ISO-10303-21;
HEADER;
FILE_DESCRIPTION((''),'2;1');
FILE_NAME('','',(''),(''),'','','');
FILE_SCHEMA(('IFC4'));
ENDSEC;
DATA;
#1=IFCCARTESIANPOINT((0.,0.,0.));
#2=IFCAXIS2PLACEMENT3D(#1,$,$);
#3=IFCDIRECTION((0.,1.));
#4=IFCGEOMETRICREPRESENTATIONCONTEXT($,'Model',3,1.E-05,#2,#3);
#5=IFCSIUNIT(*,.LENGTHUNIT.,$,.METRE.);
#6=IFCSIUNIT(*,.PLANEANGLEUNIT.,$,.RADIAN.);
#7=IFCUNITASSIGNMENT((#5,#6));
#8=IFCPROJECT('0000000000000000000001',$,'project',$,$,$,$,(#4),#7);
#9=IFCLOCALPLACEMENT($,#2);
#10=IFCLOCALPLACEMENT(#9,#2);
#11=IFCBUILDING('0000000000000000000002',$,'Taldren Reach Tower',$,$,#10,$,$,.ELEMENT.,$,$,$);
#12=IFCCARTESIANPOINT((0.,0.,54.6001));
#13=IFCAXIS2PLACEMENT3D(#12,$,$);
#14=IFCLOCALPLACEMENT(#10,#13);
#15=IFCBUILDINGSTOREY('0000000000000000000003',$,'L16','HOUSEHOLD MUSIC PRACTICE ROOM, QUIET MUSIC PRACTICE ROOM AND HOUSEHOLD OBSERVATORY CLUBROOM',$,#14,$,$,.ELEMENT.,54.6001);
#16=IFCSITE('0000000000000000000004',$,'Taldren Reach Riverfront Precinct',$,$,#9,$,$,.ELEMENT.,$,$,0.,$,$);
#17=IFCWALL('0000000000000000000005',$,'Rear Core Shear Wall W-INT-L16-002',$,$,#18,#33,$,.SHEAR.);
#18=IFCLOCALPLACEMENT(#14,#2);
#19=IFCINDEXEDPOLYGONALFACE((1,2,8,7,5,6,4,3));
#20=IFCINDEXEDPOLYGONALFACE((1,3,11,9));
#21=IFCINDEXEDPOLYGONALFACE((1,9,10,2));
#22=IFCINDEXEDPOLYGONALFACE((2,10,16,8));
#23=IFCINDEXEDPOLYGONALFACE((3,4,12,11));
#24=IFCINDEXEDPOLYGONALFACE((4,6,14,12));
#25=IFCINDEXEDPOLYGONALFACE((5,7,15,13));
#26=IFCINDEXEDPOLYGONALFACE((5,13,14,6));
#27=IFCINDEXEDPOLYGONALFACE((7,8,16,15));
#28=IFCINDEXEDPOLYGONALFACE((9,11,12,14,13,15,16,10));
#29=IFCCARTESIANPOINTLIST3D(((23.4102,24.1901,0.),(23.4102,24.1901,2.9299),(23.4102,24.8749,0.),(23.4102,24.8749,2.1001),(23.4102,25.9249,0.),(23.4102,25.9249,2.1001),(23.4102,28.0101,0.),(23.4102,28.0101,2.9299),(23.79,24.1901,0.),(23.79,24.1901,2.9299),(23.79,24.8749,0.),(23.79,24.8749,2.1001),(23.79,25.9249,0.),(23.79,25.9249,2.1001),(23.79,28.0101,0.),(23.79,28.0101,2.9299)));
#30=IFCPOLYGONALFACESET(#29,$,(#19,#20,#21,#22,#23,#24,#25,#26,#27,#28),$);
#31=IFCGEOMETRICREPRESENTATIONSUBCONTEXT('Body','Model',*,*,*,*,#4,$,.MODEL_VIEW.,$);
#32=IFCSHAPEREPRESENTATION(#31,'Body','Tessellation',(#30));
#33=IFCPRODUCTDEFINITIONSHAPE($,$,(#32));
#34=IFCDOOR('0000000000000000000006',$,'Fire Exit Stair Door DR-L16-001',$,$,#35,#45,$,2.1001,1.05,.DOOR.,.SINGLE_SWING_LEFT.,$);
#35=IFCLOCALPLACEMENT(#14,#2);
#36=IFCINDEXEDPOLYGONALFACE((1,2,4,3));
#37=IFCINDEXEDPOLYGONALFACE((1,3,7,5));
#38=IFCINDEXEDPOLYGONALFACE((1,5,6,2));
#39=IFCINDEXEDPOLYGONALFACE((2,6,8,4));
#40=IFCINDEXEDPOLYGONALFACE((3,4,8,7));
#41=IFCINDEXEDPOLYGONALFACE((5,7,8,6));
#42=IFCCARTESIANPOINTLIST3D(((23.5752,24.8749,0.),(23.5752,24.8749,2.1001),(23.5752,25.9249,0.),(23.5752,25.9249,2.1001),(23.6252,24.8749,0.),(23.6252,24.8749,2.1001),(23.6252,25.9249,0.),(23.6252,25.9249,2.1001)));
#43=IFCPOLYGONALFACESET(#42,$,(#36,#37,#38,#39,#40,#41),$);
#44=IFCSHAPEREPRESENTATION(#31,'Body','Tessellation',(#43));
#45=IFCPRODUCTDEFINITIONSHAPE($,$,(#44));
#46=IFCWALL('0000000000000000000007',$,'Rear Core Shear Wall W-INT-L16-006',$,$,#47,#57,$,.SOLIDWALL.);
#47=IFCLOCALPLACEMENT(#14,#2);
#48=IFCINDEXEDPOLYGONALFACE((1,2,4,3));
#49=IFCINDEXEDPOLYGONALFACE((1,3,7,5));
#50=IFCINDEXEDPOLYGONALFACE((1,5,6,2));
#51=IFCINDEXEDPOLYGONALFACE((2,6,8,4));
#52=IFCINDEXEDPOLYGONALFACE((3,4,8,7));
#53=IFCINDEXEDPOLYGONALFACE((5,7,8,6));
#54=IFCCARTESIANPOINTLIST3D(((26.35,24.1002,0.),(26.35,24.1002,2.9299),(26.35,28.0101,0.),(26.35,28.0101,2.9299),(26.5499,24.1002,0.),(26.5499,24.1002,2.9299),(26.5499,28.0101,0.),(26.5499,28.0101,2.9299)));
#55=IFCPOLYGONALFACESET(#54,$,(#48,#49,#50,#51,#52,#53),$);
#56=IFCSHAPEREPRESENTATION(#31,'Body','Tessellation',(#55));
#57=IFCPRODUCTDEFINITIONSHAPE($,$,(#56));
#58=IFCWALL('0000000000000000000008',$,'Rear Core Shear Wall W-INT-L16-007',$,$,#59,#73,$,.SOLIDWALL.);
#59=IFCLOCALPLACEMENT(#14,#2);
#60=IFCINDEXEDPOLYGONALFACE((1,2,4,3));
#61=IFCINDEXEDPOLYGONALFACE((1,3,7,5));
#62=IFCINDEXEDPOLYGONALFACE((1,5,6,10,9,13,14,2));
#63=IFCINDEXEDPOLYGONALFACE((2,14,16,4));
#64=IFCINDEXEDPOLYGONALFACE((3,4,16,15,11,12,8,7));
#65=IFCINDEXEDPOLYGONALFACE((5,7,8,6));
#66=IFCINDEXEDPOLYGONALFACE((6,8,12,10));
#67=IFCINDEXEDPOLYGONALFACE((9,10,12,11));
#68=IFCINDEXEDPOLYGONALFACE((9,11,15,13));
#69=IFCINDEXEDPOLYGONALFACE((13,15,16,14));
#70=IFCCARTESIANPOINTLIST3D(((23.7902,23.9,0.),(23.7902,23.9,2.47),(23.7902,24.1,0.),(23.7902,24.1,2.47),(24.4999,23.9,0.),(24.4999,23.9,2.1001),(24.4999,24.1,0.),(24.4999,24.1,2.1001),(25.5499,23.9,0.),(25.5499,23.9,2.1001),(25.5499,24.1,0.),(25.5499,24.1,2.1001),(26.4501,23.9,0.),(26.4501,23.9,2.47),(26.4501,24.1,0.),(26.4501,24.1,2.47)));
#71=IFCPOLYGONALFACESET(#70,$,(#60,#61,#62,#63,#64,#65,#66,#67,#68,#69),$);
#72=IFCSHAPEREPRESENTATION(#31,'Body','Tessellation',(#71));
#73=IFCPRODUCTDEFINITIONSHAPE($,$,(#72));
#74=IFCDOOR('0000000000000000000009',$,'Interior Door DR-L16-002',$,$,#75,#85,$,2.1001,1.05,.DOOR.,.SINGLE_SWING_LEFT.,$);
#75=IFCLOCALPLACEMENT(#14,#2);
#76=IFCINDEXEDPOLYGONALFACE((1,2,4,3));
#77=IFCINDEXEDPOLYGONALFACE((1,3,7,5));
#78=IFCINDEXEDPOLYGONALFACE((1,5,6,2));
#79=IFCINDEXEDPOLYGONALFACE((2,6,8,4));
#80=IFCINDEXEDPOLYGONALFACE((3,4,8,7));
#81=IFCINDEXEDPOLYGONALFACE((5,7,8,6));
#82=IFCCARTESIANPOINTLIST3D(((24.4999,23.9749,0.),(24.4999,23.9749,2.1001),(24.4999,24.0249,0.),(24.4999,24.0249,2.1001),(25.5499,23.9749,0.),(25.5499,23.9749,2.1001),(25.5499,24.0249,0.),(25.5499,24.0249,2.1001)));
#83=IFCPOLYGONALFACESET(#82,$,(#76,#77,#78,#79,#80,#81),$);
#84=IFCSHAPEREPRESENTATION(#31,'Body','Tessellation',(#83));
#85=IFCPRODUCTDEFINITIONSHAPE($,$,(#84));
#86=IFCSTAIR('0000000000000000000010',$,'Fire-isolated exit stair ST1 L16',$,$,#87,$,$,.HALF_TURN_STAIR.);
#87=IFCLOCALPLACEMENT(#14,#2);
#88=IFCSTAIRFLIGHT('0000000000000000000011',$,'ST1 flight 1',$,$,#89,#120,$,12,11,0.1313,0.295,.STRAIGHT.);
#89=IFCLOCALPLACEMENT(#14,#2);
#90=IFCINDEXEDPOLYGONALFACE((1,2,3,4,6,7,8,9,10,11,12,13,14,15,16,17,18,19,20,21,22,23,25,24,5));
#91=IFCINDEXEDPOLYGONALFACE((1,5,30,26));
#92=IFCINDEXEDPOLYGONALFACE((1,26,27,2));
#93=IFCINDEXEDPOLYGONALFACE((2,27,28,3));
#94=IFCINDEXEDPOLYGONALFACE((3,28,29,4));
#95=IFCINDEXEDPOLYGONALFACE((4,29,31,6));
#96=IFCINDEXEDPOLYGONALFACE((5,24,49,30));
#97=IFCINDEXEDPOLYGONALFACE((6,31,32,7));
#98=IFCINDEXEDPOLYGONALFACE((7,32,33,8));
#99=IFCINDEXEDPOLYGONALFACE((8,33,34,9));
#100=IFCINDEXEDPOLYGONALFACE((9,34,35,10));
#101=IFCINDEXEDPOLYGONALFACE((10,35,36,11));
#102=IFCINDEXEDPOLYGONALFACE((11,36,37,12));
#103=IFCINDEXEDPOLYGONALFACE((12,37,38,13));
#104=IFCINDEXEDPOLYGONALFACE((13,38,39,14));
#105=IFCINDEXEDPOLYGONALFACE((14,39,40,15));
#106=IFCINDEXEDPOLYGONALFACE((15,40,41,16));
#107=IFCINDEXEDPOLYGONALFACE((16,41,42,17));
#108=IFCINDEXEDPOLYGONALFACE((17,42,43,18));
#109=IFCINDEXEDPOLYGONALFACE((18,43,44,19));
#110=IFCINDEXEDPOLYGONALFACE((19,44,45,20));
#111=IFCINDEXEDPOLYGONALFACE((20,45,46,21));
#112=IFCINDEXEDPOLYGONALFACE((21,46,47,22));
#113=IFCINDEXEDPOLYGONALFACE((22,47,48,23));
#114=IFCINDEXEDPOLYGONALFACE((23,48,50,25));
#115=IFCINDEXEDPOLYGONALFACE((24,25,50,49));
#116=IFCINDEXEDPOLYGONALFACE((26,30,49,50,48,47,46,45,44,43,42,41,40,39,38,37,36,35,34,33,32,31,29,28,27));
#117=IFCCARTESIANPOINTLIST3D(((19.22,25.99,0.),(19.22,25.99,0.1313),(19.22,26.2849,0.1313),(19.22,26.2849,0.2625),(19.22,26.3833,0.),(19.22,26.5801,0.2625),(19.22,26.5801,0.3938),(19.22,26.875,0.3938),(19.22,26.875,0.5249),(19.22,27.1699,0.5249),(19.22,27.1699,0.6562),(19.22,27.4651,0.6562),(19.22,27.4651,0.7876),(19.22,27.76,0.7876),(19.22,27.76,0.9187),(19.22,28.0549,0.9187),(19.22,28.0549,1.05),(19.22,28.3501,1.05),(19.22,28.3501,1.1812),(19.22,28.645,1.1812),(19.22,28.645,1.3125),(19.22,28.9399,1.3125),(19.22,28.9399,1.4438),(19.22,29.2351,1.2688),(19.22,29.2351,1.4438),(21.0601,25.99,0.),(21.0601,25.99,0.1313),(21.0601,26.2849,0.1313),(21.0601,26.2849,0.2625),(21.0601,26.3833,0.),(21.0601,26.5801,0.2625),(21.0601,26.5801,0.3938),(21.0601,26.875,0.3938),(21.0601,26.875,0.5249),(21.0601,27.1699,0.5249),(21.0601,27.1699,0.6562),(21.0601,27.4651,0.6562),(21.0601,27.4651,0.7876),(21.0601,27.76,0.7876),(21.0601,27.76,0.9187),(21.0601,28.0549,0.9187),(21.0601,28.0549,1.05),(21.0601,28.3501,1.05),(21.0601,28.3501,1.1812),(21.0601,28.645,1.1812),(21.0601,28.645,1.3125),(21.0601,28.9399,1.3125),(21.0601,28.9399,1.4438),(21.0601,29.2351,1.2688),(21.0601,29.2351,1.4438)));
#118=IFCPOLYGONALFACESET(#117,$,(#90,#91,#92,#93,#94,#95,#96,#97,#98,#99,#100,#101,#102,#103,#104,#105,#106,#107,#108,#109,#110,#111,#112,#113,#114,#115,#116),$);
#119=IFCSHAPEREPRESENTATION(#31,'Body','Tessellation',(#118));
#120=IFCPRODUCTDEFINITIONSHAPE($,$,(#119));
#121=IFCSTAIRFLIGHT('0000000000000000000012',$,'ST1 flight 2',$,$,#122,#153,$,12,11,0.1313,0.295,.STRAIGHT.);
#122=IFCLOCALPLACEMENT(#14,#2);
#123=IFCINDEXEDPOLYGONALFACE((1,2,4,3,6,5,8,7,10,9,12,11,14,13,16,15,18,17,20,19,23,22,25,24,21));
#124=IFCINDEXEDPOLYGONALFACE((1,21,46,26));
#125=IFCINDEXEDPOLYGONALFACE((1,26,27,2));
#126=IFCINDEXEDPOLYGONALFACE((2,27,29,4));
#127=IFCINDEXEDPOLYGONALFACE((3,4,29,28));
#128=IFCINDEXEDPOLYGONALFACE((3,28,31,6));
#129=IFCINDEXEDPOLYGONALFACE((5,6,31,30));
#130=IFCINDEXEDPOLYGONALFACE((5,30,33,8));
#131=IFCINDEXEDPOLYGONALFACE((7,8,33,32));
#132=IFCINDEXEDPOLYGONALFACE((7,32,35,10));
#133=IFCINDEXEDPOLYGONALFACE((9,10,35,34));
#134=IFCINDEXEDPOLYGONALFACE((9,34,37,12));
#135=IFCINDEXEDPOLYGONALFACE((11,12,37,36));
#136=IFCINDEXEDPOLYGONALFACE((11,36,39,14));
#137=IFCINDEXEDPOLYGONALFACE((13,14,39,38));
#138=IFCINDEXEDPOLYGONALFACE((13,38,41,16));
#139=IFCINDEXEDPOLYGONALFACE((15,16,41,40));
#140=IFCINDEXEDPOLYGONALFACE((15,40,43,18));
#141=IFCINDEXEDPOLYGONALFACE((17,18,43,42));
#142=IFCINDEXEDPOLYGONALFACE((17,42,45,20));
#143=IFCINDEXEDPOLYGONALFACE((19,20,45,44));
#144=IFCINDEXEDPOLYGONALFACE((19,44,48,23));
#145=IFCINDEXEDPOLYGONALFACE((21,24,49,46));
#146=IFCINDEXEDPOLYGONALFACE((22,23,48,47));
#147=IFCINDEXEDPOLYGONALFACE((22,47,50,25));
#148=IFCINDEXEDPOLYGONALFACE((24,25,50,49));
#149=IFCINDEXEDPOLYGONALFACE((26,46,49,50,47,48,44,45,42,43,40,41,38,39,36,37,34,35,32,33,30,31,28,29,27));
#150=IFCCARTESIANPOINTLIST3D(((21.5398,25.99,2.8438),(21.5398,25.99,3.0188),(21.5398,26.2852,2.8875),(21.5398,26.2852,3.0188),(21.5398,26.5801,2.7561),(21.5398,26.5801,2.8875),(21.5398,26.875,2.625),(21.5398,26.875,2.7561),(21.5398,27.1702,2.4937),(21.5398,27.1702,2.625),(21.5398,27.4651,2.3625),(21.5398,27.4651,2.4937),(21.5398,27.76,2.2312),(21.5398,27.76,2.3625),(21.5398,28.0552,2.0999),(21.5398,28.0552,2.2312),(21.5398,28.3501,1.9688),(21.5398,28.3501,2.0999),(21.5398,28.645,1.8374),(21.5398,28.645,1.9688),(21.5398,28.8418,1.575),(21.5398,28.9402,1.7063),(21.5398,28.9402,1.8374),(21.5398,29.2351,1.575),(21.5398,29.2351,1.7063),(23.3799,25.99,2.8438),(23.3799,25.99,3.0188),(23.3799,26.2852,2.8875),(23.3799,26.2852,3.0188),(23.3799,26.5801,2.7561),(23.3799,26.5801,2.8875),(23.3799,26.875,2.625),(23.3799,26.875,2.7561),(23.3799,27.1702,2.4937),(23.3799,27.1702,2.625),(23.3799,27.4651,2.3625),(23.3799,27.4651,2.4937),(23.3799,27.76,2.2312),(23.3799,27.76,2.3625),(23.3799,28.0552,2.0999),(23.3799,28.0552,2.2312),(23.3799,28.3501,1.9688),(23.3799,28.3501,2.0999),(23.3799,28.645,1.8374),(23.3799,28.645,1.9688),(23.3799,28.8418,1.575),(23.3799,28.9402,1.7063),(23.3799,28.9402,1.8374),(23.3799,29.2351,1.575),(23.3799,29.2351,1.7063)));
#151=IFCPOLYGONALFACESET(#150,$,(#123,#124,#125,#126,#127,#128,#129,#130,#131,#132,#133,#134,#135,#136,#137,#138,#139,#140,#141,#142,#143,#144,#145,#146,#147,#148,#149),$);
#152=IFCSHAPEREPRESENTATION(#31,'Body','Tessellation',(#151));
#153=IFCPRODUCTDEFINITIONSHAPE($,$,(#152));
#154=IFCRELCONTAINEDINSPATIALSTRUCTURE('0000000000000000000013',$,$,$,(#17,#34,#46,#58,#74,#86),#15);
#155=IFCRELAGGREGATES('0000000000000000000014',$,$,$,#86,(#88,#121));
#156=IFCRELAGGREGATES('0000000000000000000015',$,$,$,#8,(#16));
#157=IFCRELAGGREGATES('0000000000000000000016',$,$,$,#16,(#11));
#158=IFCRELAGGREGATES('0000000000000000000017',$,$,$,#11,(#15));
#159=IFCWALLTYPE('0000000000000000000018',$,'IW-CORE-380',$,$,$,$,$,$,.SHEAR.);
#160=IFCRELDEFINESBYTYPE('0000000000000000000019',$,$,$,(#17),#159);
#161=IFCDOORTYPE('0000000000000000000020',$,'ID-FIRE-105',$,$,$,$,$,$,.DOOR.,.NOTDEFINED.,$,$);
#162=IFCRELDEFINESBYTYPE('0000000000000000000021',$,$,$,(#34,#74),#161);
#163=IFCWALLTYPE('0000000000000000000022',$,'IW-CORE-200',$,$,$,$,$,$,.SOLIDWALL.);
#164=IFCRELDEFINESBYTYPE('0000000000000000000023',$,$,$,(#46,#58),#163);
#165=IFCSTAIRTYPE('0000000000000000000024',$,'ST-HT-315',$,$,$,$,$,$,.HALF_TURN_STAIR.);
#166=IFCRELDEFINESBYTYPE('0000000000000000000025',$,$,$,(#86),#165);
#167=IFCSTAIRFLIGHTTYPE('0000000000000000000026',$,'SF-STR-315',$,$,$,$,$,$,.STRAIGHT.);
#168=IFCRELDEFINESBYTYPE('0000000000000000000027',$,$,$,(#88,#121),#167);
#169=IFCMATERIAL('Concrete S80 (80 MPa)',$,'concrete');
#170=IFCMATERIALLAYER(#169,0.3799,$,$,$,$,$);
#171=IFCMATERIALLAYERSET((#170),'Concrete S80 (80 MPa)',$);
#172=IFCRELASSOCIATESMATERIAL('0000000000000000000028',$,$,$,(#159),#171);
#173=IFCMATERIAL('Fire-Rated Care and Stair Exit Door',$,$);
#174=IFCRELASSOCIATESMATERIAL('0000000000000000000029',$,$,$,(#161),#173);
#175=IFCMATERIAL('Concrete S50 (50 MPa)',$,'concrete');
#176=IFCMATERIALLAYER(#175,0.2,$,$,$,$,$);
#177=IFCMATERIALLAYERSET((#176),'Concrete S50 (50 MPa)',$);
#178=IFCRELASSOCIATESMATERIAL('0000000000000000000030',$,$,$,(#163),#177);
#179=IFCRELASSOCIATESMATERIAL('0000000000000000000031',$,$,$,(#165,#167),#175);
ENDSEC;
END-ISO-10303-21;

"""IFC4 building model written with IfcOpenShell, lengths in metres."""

from ifc_helpers import new_model, si_unit, direction, frame, frame_2d, origin, place, context, subcontext, project, spatial, polyline, rectangle, outline, extrude, source, transform, mapped, material, layer, layer_set, type_object, element, fill, aggregate, save


model = new_model("IFC4")

# Units and contexts
model_context = context("Model", 3, precision=1e-05, world=origin(), true_north=direction((0.0, 1.0)))
body_context = subcontext(model_context, "Body", "Model", "MODEL_VIEW")
ifc_project = project(units=[si_unit("LENGTHUNIT", "METRE"), si_unit("PLANEANGLEUNIT", "RADIAN")], contexts=[model_context])

# Site, building, storey
site_placement = place(None, origin())
site = spatial("IfcSite", under=ifc_project, at=site_placement, Name="Taldren Reach Riverfront Precinct", CompositionType="ELEMENT", RefElevation=0.0)
building_placement = place(site_placement, origin())
building = spatial("IfcBuilding", under=site, at=building_placement, Name="Taldren Reach Tower", CompositionType="ELEMENT")
storey_placement = place(building_placement, frame((0.0, 0.0, 54.6001)))
storey = spatial("IfcBuildingStorey", under=building, at=storey_placement, Name="L16", Description="HOUSEHOLD MUSIC PRACTICE ROOM, QUIET MUSIC PRACTICE ROOM AND HOUSEHOLD OBSERVATORY CLUBROOM", CompositionType="ELEMENT", Elevation=54.6001)

# Shared definitions
ifc_material_1 = material(Name="Concrete S80 (80 MPa)", Category="concrete")
ifc_layer_1 = layer(ifc_material_1, 0.3799)
ifc_layer_set_1 = layer_set([ifc_layer_1], Name="Concrete S80 (80 MPa)")
wall_type_1 = type_object("IfcWallType", Name="IW-CORE-380", PredefinedType="SHEAR", material=ifc_layer_set_1)

# Wall, opening, door
shared_shape_1 = source(origin(), body_context, "Body", "SweptSolid", [
    extrude(rectangle(XDim=3.8201, YDim=0.3799, at=frame_2d((1.9102, 0.0))), origin(), (0.0, 0.0, 1.0), 2.9299),
])
wall_1_placement = place(storey_placement, frame((23.6001, 24.1899, 0.0), z_axis=(0.0, 0.0, 1.0), x_axis=(0.0, 1.0, 0.0)))
wall_1 = element("IfcWall", 1, at=wall_1_placement, inside=storey, type_object=wall_type_1, Name="Rear Core Shear Wall W-INT-L16-002", PredefinedType="SHEAR", context=body_context, shape_type="MappedRepresentation", body=[
    mapped(shared_shape_1, transform((0.0, 0.0, 0.0), scale=1.0)),
])
shared_shape_2 = source(origin(), body_context, "Body", "SweptSolid", [
    extrude(rectangle(XDim=1.05, YDim=2.1001, at=frame_2d((0.5249, 1.05))), frame((0.0, 0.2, 0.0), z_axis=(0.0, -1.0, 0.0), x_axis=(1.0, 0.0, 0.0)), (0.0, 0.0, 1.0), 0.3999),
])
opening_1_placement = place(wall_1_placement, frame((0.6851, 0.0, 0.0)))
opening_1 = element("IfcOpeningElement", 2, at=opening_1_placement, cuts=wall_1, PredefinedType="OPENING", context=body_context, shape_type="MappedRepresentation", body=[
    mapped(shared_shape_2, transform((0.0, 0.0, 0.0), scale=1.0)),
])
ifc_material_2 = material(Name="Fire-Rated Care and Stair Exit Door")
door_type_1 = type_object("IfcDoorType", Name="ID-FIRE-105", OperationType="NOTDEFINED", PredefinedType="DOOR", material=ifc_material_2)
shared_shape_3 = source(origin(), body_context, "Body", "SweptSolid", [
    extrude(rectangle(XDim=1.05, YDim=2.1001, at=frame_2d((0.5249, 1.05))), frame((0.0, 0.0249, 0.0), z_axis=(0.0, -1.0, 0.0), x_axis=(1.0, 0.0, 0.0)), (0.0, 0.0, 1.0), 0.05),
])
door_1_placement = place(opening_1_placement, origin())
door_1 = element("IfcDoor", 3, at=door_1_placement, inside=storey, type_object=door_type_1, Name="Fire Exit Stair Door DR-L16-001", OperationType="SINGLE_SWING_LEFT", OverallHeight=2.1001, OverallWidth=1.05, PredefinedType="DOOR", context=body_context, shape_type="MappedRepresentation", body=[
    mapped(shared_shape_3, transform((0.0, 0.0, 0.0), scale=1.0)),
])
fill(opening_1, door_1)

# Wall
ifc_material_3 = material(Name="Concrete S50 (50 MPa)", Category="concrete")
ifc_layer_2 = layer(ifc_material_3, 0.2)
ifc_layer_set_2 = layer_set([ifc_layer_2], Name="Concrete S50 (50 MPa)")
wall_type_2 = type_object("IfcWallType", Name="IW-CORE-200", PredefinedType="SOLIDWALL", material=ifc_layer_set_2)
shared_shape_4 = source(origin(), body_context, "Body", "SweptSolid", [
    extrude(rectangle(XDim=3.9099, YDim=0.2, at=frame_2d((1.9551, 0.0))), origin(), (0.0, 0.0, 1.0), 2.9299),
])
wall_2_placement = place(storey_placement, frame((26.45, 24.1001, 0.0), z_axis=(0.0, 0.0, 1.0), x_axis=(0.0, 1.0, 0.0)))
element("IfcWall", 4, at=wall_2_placement, inside=storey, type_object=wall_type_2, Name="Rear Core Shear Wall W-INT-L16-006", PredefinedType="SOLIDWALL", context=body_context, shape_type="MappedRepresentation", body=[
    mapped(shared_shape_4, transform((0.0, 0.0, 0.0), scale=1.0)),
])

# Wall, opening, door
shared_shape_5 = source(origin(), body_context, "Body", "SweptSolid", [
    extrude(rectangle(XDim=2.6599, YDim=0.2, at=frame_2d((1.3301, 0.0))), origin(), (0.0, 0.0, 1.0), 2.47),
])
wall_3_placement = place(storey_placement, frame((23.79, 24.0, 0.0), z_axis=(0.0, 0.0, 1.0), x_axis=(1.0, 0.0, 0.0)))
wall_3 = element("IfcWall", 5, at=wall_3_placement, inside=storey, type_object=wall_type_2, Name="Rear Core Shear Wall W-INT-L16-007", PredefinedType="SOLIDWALL", context=body_context, shape_type="MappedRepresentation", body=[
    mapped(shared_shape_5, transform((0.0, 0.0, 0.0), scale=1.0)),
])
shared_shape_6 = source(origin(), body_context, "Body", "SweptSolid", [
    extrude(rectangle(XDim=1.05, YDim=2.1001, at=frame_2d((0.5249, 1.05))), frame((0.0, 0.1099, 0.0), z_axis=(0.0, -1.0, 0.0), x_axis=(1.0, 0.0, 0.0)), (0.0, 0.0, 1.0), 0.22),
])
opening_2_placement = place(wall_3_placement, frame((0.71, 0.0, 0.0)))
opening_2 = element("IfcOpeningElement", 6, at=opening_2_placement, cuts=wall_3, PredefinedType="OPENING", context=body_context, shape_type="MappedRepresentation", body=[
    mapped(shared_shape_6, transform((0.0, 0.0, 0.0), scale=1.0)),
])
door_2_placement = place(opening_2_placement, origin())
door_2 = element("IfcDoor", 7, at=door_2_placement, inside=storey, type_object=door_type_1, Name="Interior Door DR-L16-002", OperationType="SINGLE_SWING_LEFT", OverallHeight=2.1001, OverallWidth=1.05, PredefinedType="DOOR", context=body_context, shape_type="MappedRepresentation", body=[
    mapped(shared_shape_3, transform((0.0, 0.0, 0.0), scale=1.0)),
])
fill(opening_2, door_2)

# Stair, stair flights
stair_type = type_object("IfcStairType", Name="ST-HT-315", PredefinedType="HALF_TURN_STAIR", material=ifc_material_3)
stair_placement = place(storey_placement, origin())
stair = element("IfcStair", 8, at=stair_placement, inside=storey, type_object=stair_type, Name="Fire-isolated exit stair ST1 L16", PredefinedType="HALF_TURN_STAIR")
stair_flight_type = type_object("IfcStairFlightType", Name="SF-STR-315", PredefinedType="STRAIGHT", material=ifc_material_3)
stair_flight_1_placement = place(storey_placement, frame((20.1399, 25.99, 0.0), z_axis=(0.0, 0.0, 1.0), x_axis=(0.0, 1.0, 0.0)))
stair_flight_1 = element("IfcStairFlight", 9, at=stair_flight_1_placement, type_object=stair_flight_type, Name="ST1 flight 1", NumberOfRisers=12, NumberOfTreads=11, PredefinedType="STRAIGHT", RiserHeight=0.1313, TreadLength=0.295, context=body_context, shape_type="SweptSolid", body=[
    extrude(outline(polyline([(0.0, 0.0), (0.0, 0.1313), (0.2949, 0.1313), (0.2949, 0.2625), (0.5901, 0.2625), (0.5901, 0.3938), (0.885, 0.3938), (0.885, 0.5249), (1.1799, 0.5249), (1.1799, 0.6562), (1.4751, 0.6562), (1.4751, 0.7876), (1.77, 0.7876), (1.77, 0.9187), (2.0649, 0.9187), (2.0649, 1.05), (2.3601, 1.05), (2.3601, 1.1812), (2.655, 1.1812), (2.655, 1.3125), (2.95, 1.3125), (2.95, 1.4438), (3.2451, 1.4438), (3.2451, 1.575), (3.2451, 1.2688), (0.3933, 0.0), (0.0, 0.0)])), frame((0.0, 0.9199, 0.0), z_axis=(0.0, -1.0, 0.0), x_axis=(1.0, 0.0, 0.0)), (0.0, 0.0, 1.0), 1.8401),
])
stair_flight_2_placement = place(storey_placement, frame((22.46, 29.2351, 1.575), z_axis=(0.0, 0.0, 1.0), x_axis=(0.0, -1.0, 0.0)))
stair_flight_2 = element("IfcStairFlight", 10, at=stair_flight_2_placement, type_object=stair_flight_type, Name="ST1 flight 2", NumberOfRisers=12, NumberOfTreads=11, PredefinedType="STRAIGHT", RiserHeight=0.1313, TreadLength=0.295, context=body_context, shape_type="SweptSolid", body=[
    extrude(outline(polyline([(0.0, 0.0), (0.0, 0.1313), (0.2949, 0.1313), (0.2949, 0.2625), (0.5901, 0.2625), (0.5901, 0.3938), (0.885, 0.3938), (0.885, 0.5249), (1.1799, 0.5249), (1.1799, 0.6562), (1.4751, 0.6562), (1.4751, 0.7876), (1.77, 0.7876), (1.77, 0.9187), (2.0649, 0.9187), (2.0649, 1.05), (2.3601, 1.05), (2.3601, 1.1812), (2.655, 1.1812), (2.655, 1.3125), (2.95, 1.3125), (2.95, 1.4438), (3.2451, 1.4438), (3.2451, 1.575), (3.2451, 1.2688), (0.3933, 0.0), (0.0, 0.0)])), frame((0.0, 0.9199, 0.0), z_axis=(0.0, -1.0, 0.0), x_axis=(1.0, 0.0, 0.0)), (0.0, 0.0, 1.0), 1.8401),
])
aggregate(stair, [stair_flight_1, stair_flight_2])

save(model, "model.ifc")
